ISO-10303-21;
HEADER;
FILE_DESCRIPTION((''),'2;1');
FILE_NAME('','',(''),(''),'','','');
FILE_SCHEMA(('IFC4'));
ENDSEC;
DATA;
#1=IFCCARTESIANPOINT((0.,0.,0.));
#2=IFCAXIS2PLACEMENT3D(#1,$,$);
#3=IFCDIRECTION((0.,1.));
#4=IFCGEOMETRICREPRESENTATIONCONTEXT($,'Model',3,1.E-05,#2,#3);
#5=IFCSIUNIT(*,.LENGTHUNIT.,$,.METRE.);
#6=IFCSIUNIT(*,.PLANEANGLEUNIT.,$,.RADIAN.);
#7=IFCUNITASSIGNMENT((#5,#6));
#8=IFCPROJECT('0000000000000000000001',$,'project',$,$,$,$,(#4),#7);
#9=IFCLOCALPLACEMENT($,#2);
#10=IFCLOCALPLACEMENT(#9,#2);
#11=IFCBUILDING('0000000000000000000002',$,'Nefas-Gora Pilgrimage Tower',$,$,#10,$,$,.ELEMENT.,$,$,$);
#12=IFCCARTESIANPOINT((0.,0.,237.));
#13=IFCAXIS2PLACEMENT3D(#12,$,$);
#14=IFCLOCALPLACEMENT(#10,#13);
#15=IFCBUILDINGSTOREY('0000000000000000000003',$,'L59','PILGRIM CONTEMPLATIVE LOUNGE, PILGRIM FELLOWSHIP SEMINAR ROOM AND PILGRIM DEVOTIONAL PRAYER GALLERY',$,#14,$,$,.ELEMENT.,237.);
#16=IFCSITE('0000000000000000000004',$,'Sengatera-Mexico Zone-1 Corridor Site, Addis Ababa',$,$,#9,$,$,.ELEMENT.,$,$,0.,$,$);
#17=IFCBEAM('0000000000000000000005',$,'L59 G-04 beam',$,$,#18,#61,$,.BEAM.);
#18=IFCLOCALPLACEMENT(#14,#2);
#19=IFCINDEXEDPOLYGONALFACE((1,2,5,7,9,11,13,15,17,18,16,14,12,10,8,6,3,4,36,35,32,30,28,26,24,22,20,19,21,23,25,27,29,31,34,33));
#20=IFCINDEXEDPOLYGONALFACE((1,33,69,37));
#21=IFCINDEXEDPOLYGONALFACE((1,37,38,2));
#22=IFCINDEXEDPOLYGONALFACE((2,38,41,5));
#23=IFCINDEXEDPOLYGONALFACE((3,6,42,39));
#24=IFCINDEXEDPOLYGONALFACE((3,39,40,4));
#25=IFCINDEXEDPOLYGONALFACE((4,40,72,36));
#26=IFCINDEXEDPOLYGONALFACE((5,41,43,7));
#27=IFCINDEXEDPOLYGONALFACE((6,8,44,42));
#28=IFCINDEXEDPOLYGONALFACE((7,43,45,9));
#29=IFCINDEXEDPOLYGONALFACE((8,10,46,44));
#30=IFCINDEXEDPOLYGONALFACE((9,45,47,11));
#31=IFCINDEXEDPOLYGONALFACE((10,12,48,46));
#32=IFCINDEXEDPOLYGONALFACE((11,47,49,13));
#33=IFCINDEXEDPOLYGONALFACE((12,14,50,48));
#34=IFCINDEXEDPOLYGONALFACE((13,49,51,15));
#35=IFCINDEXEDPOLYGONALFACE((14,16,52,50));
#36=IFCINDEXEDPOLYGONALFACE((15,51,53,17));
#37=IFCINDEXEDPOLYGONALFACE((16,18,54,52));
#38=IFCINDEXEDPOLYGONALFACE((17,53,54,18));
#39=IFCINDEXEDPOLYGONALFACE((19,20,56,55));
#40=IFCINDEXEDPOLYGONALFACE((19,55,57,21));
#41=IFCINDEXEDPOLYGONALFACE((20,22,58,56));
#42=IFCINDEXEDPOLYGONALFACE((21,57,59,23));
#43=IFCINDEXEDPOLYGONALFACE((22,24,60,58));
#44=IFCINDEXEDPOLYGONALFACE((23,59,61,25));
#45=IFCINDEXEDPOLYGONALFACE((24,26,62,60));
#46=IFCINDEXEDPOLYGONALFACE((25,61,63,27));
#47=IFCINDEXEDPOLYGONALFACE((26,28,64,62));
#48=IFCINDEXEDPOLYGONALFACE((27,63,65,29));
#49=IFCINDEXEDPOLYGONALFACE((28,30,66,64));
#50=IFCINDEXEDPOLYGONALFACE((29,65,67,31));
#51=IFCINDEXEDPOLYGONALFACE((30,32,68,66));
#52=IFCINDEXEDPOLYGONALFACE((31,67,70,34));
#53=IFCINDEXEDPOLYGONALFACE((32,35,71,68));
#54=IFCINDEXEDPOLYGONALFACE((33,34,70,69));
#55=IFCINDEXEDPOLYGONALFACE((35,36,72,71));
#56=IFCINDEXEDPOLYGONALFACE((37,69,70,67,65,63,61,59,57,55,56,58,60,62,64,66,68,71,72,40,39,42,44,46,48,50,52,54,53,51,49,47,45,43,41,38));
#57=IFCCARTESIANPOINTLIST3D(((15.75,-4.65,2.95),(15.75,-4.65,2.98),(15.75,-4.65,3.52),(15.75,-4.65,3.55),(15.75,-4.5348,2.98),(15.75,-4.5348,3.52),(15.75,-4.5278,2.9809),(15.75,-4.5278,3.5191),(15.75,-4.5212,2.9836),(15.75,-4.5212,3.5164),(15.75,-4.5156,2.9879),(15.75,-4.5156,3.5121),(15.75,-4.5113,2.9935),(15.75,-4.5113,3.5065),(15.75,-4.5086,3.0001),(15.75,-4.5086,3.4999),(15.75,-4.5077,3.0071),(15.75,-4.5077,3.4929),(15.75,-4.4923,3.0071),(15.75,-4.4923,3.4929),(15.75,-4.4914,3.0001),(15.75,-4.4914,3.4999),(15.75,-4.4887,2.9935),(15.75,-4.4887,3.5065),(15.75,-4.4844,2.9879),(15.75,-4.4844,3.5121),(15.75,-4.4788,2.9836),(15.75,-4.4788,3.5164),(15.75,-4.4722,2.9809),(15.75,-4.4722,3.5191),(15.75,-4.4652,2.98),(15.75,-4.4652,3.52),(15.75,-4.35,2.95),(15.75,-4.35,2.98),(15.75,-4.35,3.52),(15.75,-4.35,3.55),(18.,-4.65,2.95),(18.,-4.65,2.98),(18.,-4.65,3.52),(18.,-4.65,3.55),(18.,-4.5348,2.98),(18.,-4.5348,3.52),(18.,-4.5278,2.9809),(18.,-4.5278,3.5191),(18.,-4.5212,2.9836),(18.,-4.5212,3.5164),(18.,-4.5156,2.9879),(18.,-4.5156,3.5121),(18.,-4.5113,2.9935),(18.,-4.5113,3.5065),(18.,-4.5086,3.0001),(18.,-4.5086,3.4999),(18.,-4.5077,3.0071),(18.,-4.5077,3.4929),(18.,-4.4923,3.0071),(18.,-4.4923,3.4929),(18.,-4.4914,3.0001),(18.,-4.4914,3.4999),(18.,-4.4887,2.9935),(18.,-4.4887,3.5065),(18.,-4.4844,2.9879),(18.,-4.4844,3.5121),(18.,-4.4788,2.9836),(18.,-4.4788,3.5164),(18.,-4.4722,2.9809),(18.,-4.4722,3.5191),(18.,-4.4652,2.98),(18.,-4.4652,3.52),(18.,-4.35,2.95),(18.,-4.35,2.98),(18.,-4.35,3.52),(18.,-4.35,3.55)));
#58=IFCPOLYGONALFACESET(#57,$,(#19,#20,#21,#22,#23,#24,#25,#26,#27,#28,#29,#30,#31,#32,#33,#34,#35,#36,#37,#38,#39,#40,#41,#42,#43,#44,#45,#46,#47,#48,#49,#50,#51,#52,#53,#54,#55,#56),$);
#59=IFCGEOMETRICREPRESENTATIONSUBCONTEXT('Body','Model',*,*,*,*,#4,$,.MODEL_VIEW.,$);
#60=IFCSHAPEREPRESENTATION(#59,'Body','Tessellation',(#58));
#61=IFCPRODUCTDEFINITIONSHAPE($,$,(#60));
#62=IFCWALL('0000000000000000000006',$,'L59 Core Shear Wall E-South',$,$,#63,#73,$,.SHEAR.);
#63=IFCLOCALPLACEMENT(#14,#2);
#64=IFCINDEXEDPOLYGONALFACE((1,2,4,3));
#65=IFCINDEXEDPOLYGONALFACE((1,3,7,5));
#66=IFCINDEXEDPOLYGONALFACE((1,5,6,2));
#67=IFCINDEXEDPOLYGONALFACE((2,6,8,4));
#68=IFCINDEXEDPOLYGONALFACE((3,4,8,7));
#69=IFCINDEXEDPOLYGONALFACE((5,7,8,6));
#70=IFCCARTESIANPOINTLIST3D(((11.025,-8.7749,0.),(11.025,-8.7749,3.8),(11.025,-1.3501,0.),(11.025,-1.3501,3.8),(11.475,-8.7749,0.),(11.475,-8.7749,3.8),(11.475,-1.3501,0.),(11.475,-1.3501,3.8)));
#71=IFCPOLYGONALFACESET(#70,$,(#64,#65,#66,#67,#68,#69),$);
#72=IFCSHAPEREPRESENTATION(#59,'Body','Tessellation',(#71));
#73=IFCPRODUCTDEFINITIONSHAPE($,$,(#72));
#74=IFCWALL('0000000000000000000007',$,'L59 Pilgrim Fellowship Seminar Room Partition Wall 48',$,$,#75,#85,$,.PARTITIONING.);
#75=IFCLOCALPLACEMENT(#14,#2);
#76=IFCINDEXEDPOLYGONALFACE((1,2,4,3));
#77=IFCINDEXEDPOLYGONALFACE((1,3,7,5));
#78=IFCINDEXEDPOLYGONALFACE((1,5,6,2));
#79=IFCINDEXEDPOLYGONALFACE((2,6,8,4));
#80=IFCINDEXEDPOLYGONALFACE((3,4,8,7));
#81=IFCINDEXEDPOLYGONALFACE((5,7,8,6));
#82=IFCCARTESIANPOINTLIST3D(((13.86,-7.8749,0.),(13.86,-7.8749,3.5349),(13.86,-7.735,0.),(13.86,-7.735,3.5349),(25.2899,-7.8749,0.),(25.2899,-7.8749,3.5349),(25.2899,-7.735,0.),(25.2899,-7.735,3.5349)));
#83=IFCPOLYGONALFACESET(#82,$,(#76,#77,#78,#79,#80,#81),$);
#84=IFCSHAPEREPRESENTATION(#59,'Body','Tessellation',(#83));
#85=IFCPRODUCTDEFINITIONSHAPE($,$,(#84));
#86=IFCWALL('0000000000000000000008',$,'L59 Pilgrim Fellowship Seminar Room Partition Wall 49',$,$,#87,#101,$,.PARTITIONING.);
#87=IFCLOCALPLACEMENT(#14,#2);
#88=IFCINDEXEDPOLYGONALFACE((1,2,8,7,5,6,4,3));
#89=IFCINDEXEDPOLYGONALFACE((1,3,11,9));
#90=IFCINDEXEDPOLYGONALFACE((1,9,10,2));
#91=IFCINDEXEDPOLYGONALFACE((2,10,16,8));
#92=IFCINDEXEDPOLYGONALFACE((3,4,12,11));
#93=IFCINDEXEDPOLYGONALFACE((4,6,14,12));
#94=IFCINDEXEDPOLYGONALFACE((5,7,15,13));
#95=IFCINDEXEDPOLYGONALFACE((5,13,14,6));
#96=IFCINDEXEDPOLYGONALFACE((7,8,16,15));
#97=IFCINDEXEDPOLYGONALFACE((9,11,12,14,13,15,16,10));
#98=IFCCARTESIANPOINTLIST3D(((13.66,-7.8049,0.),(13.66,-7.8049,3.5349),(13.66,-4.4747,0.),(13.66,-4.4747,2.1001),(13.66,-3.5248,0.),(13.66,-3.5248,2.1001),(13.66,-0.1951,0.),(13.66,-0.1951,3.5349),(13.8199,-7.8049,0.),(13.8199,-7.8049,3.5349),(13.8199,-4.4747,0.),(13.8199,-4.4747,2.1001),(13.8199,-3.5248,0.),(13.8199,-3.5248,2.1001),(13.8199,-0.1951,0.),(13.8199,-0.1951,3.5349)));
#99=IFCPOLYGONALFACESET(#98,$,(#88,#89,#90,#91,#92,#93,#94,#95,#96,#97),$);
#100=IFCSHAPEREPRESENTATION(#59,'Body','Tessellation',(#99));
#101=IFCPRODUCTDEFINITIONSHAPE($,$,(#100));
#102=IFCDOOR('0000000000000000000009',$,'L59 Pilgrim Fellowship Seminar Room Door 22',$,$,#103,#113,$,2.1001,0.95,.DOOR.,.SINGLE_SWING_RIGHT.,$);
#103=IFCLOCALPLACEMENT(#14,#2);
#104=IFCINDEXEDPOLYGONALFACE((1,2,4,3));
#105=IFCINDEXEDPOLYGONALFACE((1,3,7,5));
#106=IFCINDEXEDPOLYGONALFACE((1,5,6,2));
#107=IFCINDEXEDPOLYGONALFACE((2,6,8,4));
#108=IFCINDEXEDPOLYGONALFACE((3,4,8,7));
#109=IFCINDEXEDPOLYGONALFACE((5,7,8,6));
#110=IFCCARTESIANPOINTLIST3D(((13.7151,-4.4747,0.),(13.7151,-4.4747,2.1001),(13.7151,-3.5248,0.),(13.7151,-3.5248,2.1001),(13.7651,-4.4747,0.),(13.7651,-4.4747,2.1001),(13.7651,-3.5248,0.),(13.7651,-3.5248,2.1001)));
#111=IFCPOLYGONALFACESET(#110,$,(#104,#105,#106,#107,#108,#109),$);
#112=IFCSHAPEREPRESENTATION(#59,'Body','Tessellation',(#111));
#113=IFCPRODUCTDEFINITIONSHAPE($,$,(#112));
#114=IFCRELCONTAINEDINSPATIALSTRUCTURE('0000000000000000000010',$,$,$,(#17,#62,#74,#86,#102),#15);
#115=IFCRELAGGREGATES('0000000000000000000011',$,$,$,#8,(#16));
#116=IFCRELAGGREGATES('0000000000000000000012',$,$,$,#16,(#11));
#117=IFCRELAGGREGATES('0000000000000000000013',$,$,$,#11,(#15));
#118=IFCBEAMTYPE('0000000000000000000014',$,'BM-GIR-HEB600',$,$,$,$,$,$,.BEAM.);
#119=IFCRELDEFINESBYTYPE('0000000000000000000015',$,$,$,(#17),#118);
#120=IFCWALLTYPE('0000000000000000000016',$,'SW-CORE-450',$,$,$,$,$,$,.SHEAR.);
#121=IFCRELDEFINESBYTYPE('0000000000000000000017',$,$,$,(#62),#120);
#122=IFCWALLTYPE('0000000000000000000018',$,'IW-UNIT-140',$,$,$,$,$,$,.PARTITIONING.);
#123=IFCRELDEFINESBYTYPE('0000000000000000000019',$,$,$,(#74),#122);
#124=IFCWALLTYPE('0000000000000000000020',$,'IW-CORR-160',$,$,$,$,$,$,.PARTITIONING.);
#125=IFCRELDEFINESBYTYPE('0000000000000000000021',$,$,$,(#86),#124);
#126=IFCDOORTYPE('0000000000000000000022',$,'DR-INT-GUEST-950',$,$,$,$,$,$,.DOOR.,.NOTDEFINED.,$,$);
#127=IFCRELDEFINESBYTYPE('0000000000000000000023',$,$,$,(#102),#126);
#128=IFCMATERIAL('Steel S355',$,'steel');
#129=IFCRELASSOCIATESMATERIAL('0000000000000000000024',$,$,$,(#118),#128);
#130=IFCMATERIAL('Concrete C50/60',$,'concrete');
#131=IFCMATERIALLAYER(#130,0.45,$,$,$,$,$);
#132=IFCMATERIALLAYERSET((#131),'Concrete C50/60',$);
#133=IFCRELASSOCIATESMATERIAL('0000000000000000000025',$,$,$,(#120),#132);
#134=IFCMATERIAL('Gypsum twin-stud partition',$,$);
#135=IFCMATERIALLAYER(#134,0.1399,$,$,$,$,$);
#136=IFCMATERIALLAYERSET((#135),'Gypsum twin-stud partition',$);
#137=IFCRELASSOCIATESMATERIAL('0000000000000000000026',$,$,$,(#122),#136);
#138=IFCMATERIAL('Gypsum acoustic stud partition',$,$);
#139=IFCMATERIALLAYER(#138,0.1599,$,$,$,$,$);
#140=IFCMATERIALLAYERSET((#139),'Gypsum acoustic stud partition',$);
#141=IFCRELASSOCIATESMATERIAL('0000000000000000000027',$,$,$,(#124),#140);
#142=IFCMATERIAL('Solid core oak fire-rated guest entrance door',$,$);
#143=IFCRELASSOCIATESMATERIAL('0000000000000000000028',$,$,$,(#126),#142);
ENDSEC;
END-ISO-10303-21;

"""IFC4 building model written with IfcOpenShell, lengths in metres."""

from ifc_helpers import new_model, si_unit, direction, frame, frame_2d, origin, origin_2d, place, context, subcontext, project, spatial, rectangle, i_section, extrude, source, transform, mapped, material, layer, layer_set, material_profile, profile_set, type_object, element, fill, save


model = new_model("IFC4")

# Units and contexts
model_context = context("Model", 3, precision=1e-05, world=origin(), true_north=direction((0.0, 1.0)))
body_context = subcontext(model_context, "Body", "Model", "MODEL_VIEW")
ifc_project = project(units=[si_unit("LENGTHUNIT", "METRE"), si_unit("PLANEANGLEUNIT", "RADIAN")], contexts=[model_context])

# Site, building, storey
site_placement = place(None, origin())
site = spatial("IfcSite", under=ifc_project, at=site_placement, Name="Sengatera-Mexico Zone-1 Corridor Site, Addis Ababa", CompositionType="ELEMENT", RefElevation=0.0)
building_placement = place(site_placement, origin())
building = spatial("IfcBuilding", under=site, at=building_placement, Name="Nefas-Gora Pilgrimage Tower", CompositionType="ELEMENT")
storey_placement = place(building_placement, frame((0.0, 0.0, 237.0)))
storey = spatial("IfcBuildingStorey", under=building, at=storey_placement, Name="L59", Description="PILGRIM CONTEMPLATIVE LOUNGE, PILGRIM FELLOWSHIP SEMINAR ROOM AND PILGRIM DEVOTIONAL PRAYER GALLERY", CompositionType="ELEMENT", Elevation=237.0)

# Beam
ifc_material_1 = material(Name="Concrete C50/60", Category="concrete")
ifc_material_2 = material(Name="Steel S355", Category="steel")
ifc_material_profile_1 = material_profile(ifc_material_2, i_section(OverallWidth=0.3, OverallDepth=0.6001, WebThickness=0.0154, FlangeThickness=0.03, FilletRadius=0.0271, at=origin_2d()), Name="HEB 600")
ifc_profile_set_1 = profile_set([ifc_material_profile_1], Name="Steel S355")
beam_type_1 = type_object("IfcBeamType", Name="BM-GIR-HEB600", PredefinedType="BEAM", material=ifc_profile_set_1)
shared_shape_1 = source(origin(), body_context, "Body", "SweptSolid", [
    extrude(i_section(OverallWidth=0.3, OverallDepth=0.6001, WebThickness=0.0154, FlangeThickness=0.03, FilletRadius=0.0271, at=origin_2d()), origin(), (0.0, 0.0, 1.0), 2.25),
])
for number, where, z_axis, x_axis, name in (
    (1, (15.75, -4.5, 3.25), (1.0, 0.0, 0.0), (0.0, 1.0, 0.0), "L59 G-04 beam"),
):
    element("IfcBeam", number, at=place(storey_placement, frame(where, z_axis=z_axis, x_axis=x_axis)), inside=storey, type_object=beam_type_1, Name=name, PredefinedType="BEAM", context=body_context, shape_type="MappedRepresentation", body=[
        mapped(shared_shape_1, transform((0.0, 0.0, 0.0), x_axis=(1.0, 0.0, 0.0), y_axis=(0.0, 1.0, 0.0), z_axis=(0.0, 0.0, 1.0), scale=1.0)),
    ])

# Walls
ifc_layer_1 = layer(ifc_material_1, 0.45)
ifc_layer_set_1 = layer_set([ifc_layer_1], Name="Concrete C50/60")
wall_type_1 = type_object("IfcWallType", Name="SW-CORE-450", PredefinedType="SHEAR", material=ifc_layer_set_1)
shared_shape_2 = source(origin(), body_context, "Body", "SweptSolid", [
    extrude(rectangle(XDim=7.4248, YDim=0.45, at=frame_2d((3.7124, 0.0))), origin(), (0.0, 0.0, 1.0), 3.8),
])
wall_1_placement = place(storey_placement, frame((11.25, -8.7749, 0.0), z_axis=(0.0, 0.0, 1.0), x_axis=(0.0, 1.0, 0.0)))
element("IfcWall", 2, at=wall_1_placement, inside=storey, type_object=wall_type_1, Name="L59 Core Shear Wall E-South", PredefinedType="SHEAR", context=body_context, shape_type="MappedRepresentation", body=[
    mapped(shared_shape_2, transform((0.0, 0.0, 0.0), x_axis=(1.0, 0.0, 0.0), y_axis=(0.0, 1.0, 0.0), z_axis=(0.0, 0.0, 1.0), scale=1.0)),
])
ifc_material_3 = material(Name="Gypsum twin-stud partition")
ifc_layer_2 = layer(ifc_material_3, 0.1399)
ifc_layer_set_2 = layer_set([ifc_layer_2], Name="Gypsum twin-stud partition")
wall_type_2 = type_object("IfcWallType", Name="IW-UNIT-140", PredefinedType="PARTITIONING", material=ifc_layer_set_2)
shared_shape_3 = source(origin(), body_context, "Body", "SweptSolid", [
    extrude(rectangle(XDim=11.4299, YDim=0.1399, at=frame_2d((5.7148, 0.0))), origin(), (0.0, 0.0, 1.0), 3.5349),
])
wall_2_placement = place(storey_placement, frame((13.8601, -7.8049, 0.0), z_axis=(0.0, 0.0, 1.0), x_axis=(1.0, 0.0, 0.0)))
element("IfcWall", 3, at=wall_2_placement, inside=storey, type_object=wall_type_2, Name="L59 Pilgrim Fellowship Seminar Room Partition Wall 48", PredefinedType="PARTITIONING", context=body_context, shape_type="MappedRepresentation", body=[
    mapped(shared_shape_3, transform((0.0, 0.0, 0.0), x_axis=(1.0, 0.0, 0.0), y_axis=(0.0, 1.0, 0.0), z_axis=(0.0, 0.0, 1.0), scale=1.0)),
])

# Wall, opening, door
ifc_material_4 = material(Name="Gypsum acoustic stud partition")
ifc_layer_3 = layer(ifc_material_4, 0.1599)
ifc_layer_set_3 = layer_set([ifc_layer_3], Name="Gypsum acoustic stud partition")
wall_type_3 = type_object("IfcWallType", Name="IW-CORR-160", PredefinedType="PARTITIONING", material=ifc_layer_set_3)
shared_shape_4 = source(origin(), body_context, "Body", "SweptSolid", [
    extrude(rectangle(XDim=7.6099, YDim=0.1599, at=frame_2d((3.8049, 0.0))), origin(), (0.0, 0.0, 1.0), 3.5349),
])
wall_3_placement = place(storey_placement, frame((13.74, -7.8049, 0.0), z_axis=(0.0, 0.0, 1.0), x_axis=(0.0, 1.0, 0.0)))
wall_3 = element("IfcWall", 4, at=wall_3_placement, inside=storey, type_object=wall_type_3, Name="L59 Pilgrim Fellowship Seminar Room Partition Wall 49", PredefinedType="PARTITIONING", context=body_context, shape_type="MappedRepresentation", body=[
    mapped(shared_shape_4, transform((0.0, 0.0, 0.0), x_axis=(1.0, 0.0, 0.0), y_axis=(0.0, 1.0, 0.0), z_axis=(0.0, 0.0, 1.0), scale=1.0)),
])
opening_1_placement = place(wall_3_placement, frame((3.3301, 0.0, 0.0)))
opening_1 = element("IfcOpeningElement", 5, at=opening_1_placement, cuts=wall_3, PredefinedType="OPENING", context=body_context, shape_type="SweptSolid", body=[
    extrude(rectangle(XDim=0.95, YDim=2.1001, at=frame_2d((0.4751, 1.05))), frame((0.0, 0.0898, 0.0), z_axis=(0.0, -1.0, 0.0), x_axis=(1.0, 0.0, 0.0)), (0.0, 0.0, 1.0), 0.1799),
])
ifc_material_5 = material(Name="Solid core oak fire-rated guest entrance door")
door_type_1 = type_object("IfcDoorType", Name="DR-INT-GUEST-950", OperationType="NOTDEFINED", PredefinedType="DOOR", material=ifc_material_5)
shared_shape_5 = source(origin(), body_context, "Body", "SweptSolid", [
    extrude(rectangle(XDim=0.95, YDim=2.1001, at=frame_2d((0.4751, 1.05))), frame((0.0, 0.0249, 0.0), z_axis=(0.0, -1.0, 0.0), x_axis=(1.0, 0.0, 0.0)), (0.0, 0.0, 1.0), 0.05),
])
door_1_placement = place(opening_1_placement, origin())
door_1 = element("IfcDoor", 6, at=door_1_placement, inside=storey, type_object=door_type_1, Name="L59 Pilgrim Fellowship Seminar Room Door 22", OperationType="SINGLE_SWING_RIGHT", OverallHeight=2.1001, OverallWidth=0.95, PredefinedType="DOOR", context=body_context, shape_type="MappedRepresentation", body=[
    mapped(shared_shape_5, transform((0.0, 0.0, 0.0), x_axis=(1.0, 0.0, 0.0), y_axis=(0.0, 1.0, 0.0), z_axis=(0.0, 0.0, 1.0), scale=1.0)),
])
fill(opening_1, door_1)

save(model, "model.ifc")
